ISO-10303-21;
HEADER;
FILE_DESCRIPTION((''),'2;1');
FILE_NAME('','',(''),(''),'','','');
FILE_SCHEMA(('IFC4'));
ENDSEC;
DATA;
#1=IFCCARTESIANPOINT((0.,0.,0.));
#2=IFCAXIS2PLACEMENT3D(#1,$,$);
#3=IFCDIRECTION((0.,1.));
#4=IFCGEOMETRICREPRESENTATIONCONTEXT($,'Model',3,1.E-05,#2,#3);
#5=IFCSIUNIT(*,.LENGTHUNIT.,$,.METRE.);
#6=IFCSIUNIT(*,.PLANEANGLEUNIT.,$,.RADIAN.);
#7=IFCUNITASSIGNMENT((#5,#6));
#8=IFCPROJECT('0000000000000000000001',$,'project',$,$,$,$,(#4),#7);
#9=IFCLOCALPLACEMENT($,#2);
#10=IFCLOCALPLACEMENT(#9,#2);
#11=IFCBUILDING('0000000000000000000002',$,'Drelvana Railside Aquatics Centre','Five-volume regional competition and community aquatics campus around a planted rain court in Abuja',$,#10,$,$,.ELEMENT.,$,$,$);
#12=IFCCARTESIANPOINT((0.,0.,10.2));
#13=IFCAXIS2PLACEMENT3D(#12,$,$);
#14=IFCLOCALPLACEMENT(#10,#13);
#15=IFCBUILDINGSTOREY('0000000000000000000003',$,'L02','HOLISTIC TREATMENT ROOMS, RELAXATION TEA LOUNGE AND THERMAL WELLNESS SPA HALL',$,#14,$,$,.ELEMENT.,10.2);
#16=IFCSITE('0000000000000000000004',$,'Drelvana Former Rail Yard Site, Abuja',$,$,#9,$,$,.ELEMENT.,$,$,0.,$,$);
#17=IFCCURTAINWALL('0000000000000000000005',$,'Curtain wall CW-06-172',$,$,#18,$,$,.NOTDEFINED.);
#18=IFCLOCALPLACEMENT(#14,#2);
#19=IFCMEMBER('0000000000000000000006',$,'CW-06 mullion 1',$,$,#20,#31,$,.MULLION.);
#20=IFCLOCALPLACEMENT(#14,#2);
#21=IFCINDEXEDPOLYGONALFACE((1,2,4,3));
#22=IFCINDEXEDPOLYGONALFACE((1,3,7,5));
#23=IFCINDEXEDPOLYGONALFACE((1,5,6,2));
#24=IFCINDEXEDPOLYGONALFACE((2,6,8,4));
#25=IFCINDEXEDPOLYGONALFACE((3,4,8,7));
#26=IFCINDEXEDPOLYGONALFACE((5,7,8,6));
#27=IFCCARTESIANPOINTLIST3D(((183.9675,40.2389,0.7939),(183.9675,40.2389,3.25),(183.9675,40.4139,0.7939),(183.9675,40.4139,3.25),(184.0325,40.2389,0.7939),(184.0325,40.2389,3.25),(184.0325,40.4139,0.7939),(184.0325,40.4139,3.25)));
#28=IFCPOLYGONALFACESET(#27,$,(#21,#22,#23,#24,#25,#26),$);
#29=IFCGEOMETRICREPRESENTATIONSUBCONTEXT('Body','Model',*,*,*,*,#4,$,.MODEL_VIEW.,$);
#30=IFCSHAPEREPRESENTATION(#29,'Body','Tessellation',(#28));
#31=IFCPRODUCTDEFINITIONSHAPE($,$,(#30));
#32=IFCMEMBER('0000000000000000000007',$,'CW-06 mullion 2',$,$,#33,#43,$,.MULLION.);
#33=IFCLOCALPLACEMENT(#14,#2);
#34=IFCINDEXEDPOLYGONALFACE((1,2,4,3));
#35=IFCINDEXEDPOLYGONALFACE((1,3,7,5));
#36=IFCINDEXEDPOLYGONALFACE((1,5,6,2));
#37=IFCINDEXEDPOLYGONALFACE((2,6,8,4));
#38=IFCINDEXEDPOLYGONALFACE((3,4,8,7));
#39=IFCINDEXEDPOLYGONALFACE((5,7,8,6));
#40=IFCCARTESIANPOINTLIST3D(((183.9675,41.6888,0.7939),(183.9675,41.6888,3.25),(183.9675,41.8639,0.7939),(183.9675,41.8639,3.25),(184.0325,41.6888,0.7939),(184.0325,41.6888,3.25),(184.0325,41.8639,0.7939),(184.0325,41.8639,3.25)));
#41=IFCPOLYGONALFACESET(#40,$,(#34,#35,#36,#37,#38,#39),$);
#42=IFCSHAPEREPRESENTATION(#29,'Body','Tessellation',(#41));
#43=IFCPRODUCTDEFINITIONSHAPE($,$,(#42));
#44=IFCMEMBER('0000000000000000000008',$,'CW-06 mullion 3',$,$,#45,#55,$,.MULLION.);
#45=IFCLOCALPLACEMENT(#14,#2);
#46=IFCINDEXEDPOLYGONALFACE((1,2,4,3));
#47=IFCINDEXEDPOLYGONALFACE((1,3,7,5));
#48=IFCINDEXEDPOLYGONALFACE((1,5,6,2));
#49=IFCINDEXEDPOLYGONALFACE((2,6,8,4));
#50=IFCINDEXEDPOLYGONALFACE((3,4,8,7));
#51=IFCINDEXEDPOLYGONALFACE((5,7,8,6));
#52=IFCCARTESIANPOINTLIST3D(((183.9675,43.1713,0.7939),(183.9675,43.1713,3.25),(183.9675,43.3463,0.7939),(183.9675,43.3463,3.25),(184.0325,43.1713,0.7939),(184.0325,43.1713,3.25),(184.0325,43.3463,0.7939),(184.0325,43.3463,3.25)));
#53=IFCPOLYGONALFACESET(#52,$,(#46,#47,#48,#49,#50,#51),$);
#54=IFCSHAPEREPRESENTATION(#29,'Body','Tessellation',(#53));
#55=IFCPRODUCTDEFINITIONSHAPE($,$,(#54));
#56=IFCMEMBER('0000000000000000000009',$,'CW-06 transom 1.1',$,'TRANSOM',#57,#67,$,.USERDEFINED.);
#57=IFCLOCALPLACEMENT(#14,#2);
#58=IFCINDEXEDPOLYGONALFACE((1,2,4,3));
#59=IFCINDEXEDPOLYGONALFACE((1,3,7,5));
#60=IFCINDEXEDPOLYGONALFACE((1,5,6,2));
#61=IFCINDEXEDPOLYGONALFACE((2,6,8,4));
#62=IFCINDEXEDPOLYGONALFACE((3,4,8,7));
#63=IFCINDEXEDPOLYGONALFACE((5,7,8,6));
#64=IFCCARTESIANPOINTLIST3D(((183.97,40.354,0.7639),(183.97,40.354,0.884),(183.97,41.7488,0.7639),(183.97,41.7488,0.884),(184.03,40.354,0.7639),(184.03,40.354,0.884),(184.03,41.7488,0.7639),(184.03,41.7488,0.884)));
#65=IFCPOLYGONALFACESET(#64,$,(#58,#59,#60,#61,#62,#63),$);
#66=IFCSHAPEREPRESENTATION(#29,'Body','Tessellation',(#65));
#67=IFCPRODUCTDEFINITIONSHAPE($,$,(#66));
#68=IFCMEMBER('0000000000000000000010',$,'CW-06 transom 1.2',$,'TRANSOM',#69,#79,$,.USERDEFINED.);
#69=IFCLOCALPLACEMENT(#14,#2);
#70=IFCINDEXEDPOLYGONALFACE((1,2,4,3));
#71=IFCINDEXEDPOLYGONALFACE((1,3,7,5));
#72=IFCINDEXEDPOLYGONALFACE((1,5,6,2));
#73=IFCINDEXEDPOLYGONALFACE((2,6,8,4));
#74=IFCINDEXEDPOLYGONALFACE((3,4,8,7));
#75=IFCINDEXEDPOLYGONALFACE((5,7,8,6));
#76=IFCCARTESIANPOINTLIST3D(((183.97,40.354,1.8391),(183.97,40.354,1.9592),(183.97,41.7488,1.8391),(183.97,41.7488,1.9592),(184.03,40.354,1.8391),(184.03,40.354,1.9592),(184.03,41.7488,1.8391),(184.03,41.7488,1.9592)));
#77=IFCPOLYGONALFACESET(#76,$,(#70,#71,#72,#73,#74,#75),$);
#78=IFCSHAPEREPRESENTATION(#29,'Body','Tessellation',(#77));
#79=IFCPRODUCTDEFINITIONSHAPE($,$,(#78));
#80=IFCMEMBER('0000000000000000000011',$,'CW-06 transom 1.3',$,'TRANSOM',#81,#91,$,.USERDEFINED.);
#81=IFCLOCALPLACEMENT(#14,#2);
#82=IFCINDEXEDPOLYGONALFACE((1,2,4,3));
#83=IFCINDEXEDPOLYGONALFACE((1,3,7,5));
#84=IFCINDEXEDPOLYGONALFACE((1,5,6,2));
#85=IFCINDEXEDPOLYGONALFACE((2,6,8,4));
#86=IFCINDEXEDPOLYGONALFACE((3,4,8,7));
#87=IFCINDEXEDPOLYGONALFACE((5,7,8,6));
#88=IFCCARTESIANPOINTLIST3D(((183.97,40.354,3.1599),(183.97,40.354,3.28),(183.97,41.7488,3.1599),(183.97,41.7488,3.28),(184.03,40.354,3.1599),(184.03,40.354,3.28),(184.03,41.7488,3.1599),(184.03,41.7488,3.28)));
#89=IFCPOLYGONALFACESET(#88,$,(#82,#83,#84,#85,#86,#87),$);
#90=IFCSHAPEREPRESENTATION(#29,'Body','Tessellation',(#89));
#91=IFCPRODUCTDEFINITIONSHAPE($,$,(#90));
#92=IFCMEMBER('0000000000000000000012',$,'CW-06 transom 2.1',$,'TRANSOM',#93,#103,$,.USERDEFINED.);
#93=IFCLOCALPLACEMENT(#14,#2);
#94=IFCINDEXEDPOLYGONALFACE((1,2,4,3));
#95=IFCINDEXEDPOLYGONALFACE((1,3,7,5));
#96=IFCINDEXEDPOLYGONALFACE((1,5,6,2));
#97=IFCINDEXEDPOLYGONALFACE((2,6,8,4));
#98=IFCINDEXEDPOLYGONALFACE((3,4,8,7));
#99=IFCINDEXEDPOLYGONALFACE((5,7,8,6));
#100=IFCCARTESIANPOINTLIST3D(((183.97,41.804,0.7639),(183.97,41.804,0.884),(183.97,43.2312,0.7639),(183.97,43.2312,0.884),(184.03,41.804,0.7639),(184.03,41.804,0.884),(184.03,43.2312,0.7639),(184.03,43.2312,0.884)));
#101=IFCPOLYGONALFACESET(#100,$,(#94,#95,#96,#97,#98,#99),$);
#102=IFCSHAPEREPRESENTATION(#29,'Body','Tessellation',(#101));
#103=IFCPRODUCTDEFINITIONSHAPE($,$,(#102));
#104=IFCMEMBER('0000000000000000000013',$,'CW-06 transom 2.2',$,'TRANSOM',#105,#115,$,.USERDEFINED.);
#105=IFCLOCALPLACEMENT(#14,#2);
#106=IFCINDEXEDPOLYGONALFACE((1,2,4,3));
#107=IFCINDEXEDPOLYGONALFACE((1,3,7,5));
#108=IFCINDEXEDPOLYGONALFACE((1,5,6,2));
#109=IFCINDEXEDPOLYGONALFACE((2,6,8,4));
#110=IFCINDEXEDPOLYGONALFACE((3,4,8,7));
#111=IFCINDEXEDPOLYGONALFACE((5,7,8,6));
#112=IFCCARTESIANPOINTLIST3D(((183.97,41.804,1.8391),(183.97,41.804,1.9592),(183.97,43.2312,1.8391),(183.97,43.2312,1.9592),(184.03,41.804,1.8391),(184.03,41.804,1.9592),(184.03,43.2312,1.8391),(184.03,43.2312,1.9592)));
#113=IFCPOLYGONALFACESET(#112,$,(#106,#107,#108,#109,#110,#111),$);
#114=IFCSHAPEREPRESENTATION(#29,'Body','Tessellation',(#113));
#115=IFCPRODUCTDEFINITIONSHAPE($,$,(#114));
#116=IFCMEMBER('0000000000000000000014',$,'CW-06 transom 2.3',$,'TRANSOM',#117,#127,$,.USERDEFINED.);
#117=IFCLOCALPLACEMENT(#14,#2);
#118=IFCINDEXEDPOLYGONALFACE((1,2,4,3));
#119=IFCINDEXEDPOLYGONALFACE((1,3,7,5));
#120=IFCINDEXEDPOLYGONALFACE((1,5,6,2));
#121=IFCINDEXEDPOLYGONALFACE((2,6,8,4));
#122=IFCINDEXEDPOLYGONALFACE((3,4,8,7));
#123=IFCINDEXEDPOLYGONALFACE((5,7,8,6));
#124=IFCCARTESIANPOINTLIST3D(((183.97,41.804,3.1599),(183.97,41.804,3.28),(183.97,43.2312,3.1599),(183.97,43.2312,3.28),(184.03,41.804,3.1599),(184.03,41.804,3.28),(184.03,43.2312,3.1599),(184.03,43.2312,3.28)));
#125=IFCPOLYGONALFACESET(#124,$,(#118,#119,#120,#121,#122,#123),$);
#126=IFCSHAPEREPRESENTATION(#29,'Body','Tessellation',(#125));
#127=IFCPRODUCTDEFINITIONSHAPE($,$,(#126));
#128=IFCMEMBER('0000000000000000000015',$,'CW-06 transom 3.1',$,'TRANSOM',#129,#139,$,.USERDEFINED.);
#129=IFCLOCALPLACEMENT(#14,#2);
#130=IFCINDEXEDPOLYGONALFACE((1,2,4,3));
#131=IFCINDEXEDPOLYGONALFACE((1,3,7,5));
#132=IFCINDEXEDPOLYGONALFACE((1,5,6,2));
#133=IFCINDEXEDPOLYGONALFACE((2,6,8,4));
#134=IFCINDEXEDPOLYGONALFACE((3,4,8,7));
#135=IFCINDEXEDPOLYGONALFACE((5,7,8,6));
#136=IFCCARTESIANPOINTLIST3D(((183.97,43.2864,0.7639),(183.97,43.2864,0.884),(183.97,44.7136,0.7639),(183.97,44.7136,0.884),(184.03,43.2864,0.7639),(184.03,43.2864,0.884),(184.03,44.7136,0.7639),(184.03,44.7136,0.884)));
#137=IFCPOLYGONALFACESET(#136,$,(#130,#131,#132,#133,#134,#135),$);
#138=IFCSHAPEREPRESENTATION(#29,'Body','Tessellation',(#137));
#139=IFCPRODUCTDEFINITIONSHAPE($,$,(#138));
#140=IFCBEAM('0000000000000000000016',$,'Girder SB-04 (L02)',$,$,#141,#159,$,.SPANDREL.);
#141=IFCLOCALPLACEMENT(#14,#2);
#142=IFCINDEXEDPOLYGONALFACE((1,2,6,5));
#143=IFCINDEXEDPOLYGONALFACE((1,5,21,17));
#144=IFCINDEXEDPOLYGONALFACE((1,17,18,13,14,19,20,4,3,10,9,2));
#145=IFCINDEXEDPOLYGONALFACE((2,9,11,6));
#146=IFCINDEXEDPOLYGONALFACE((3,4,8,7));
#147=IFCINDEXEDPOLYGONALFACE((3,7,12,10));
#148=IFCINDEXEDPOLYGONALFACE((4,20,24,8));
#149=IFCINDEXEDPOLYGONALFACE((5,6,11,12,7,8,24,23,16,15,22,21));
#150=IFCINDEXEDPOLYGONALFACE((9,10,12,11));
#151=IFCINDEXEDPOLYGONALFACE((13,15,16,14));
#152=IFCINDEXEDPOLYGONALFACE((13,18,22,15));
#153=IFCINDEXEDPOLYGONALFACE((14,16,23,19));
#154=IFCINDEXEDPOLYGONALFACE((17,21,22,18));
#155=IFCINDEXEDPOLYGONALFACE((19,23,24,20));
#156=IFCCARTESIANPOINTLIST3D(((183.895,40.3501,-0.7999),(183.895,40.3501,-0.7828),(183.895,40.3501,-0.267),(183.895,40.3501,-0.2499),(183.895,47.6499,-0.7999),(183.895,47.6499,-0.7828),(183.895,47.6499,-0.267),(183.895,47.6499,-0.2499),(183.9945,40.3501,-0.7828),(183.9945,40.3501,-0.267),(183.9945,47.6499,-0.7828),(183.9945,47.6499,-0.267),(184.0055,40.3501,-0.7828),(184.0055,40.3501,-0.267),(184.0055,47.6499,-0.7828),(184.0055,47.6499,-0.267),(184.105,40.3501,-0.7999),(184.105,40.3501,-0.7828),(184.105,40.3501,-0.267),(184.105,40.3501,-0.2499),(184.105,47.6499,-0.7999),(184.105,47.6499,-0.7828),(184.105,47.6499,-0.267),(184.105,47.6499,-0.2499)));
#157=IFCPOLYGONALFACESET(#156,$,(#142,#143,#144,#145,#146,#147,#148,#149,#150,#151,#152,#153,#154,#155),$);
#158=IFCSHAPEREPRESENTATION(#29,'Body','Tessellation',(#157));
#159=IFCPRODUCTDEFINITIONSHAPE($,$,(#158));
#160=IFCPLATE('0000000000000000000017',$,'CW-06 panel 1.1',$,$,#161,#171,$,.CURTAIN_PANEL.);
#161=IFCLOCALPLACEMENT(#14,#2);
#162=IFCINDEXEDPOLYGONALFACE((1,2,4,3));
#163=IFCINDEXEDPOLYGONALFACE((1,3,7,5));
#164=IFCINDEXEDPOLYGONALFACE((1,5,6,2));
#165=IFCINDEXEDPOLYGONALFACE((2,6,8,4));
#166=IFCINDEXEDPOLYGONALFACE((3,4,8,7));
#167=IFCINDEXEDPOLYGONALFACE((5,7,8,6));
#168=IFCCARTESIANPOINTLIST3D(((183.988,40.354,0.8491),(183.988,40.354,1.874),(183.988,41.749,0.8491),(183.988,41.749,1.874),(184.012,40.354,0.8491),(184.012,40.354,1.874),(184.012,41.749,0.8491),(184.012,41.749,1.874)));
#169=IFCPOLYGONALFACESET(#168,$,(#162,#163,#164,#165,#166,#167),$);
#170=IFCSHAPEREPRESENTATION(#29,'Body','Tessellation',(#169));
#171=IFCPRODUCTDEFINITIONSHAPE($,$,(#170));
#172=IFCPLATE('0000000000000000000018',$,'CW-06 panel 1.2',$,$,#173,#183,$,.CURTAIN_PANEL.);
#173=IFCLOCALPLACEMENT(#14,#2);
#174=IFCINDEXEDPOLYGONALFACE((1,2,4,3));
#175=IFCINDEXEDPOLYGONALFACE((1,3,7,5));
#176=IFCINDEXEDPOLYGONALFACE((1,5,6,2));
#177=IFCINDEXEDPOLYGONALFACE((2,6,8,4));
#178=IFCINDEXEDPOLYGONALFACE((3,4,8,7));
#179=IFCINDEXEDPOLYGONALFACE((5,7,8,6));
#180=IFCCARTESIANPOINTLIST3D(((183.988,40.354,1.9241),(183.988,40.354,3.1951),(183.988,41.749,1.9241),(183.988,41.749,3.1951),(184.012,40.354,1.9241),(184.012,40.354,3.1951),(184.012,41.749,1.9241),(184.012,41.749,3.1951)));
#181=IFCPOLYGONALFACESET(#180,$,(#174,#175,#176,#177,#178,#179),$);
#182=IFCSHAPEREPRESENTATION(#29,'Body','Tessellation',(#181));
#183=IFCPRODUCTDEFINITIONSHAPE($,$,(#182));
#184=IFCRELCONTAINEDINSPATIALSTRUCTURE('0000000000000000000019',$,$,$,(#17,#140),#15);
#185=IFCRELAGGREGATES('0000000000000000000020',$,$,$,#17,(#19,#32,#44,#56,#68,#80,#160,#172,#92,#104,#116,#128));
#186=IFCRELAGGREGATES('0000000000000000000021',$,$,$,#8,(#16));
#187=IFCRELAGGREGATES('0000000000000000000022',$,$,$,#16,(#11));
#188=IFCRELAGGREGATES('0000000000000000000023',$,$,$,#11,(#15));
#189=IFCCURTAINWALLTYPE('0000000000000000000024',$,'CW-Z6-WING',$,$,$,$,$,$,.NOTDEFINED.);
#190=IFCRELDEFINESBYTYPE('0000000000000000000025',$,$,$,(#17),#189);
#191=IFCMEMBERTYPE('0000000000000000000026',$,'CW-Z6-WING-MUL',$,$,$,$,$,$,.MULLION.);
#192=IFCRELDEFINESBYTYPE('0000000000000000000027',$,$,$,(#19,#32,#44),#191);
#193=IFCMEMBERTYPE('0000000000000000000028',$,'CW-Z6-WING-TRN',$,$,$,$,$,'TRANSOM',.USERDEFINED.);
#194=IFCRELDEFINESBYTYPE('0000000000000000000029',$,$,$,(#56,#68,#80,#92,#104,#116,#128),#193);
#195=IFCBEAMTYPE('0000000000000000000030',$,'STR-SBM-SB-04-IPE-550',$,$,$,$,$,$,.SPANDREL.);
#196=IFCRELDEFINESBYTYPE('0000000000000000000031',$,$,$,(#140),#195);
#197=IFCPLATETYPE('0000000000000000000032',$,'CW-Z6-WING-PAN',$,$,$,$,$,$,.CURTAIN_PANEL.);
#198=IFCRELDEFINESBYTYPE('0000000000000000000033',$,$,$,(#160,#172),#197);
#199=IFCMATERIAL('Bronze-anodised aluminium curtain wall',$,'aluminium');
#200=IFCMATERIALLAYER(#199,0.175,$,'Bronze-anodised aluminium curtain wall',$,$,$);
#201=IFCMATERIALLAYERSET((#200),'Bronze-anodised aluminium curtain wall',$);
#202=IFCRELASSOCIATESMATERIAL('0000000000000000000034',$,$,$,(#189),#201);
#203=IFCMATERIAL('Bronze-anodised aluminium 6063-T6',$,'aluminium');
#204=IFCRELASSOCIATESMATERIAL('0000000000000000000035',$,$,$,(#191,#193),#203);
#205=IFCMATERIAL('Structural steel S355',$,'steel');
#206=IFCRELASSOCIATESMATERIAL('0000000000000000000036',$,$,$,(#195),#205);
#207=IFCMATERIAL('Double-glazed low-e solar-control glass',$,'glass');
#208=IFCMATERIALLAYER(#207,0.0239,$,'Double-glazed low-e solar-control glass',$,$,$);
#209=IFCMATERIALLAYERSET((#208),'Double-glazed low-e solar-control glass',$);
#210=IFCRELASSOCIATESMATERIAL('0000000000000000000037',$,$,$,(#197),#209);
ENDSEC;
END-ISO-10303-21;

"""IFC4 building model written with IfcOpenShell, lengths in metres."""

from ifc_helpers import new_model, si_unit, direction, frame, origin, origin_2d, place, context, subcontext, project, spatial, rectangle, i_section, extrude, material, layer, layer_set, material_profile, profile_set, type_object, element, aggregate, save


model = new_model("IFC4")

# Units and contexts
model_context = context("Model", 3, precision=1e-05, world=origin(), true_north=direction((0.0, 1.0)))
body_context = subcontext(model_context, "Body", "Model", "MODEL_VIEW")
ifc_project = project(units=[si_unit("LENGTHUNIT", "METRE"), si_unit("PLANEANGLEUNIT", "RADIAN")], contexts=[model_context])

# Site, building, storey
site_placement = place(None, origin())
site = spatial("IfcSite", under=ifc_project, at=site_placement, Name="Drelvana Former Rail Yard Site, Abuja", CompositionType="ELEMENT", RefElevation=0.0)
building_placement = place(site_placement, origin())
building = spatial("IfcBuilding", under=site, at=building_placement, Name="Drelvana Railside Aquatics Centre", Description="Five-volume regional competition and community aquatics campus around a planted rain court in Abuja", CompositionType="ELEMENT")
storey_placement = place(building_placement, frame((0.0, 0.0, 10.2)))
storey = spatial("IfcBuildingStorey", under=building, at=storey_placement, Name="L02", Description="HOLISTIC TREATMENT ROOMS, RELAXATION TEA LOUNGE AND THERMAL WELLNESS SPA HALL", CompositionType="ELEMENT", Elevation=10.2)

# Curtain wall, members
ifc_material_1 = material(Name="Bronze-anodised aluminium curtain wall", Category="aluminium")
ifc_layer_1 = layer(ifc_material_1, 0.175, Name="Bronze-anodised aluminium curtain wall")
ifc_layer_set_1 = layer_set([ifc_layer_1], Name="Bronze-anodised aluminium curtain wall")
curtain_wall_type = type_object("IfcCurtainWallType", Name="CW-Z6-WING", PredefinedType="NOTDEFINED", material=ifc_layer_set_1)
curtain_wall_placement = place(storey_placement, origin())
curtain_wall = element("IfcCurtainWall", 1, at=curtain_wall_placement, inside=storey, type_object=curtain_wall_type, Name="Curtain wall CW-06-172", PredefinedType="NOTDEFINED")
ifc_material_2 = material(Name="Bronze-anodised aluminium 6063-T6", Category="aluminium")
ifc_material_profile_1 = material_profile(ifc_material_2, rectangle(XDim=0.0649, YDim=0.175, at=origin_2d()), Name="ALU-M 65x175")
ifc_profile_set_1 = profile_set([ifc_material_profile_1], Name="Bronze-anodised aluminium 6063-T6")
member_type_1 = type_object("IfcMemberType", Name="CW-Z6-WING-MUL", PredefinedType="MULLION", material=ifc_profile_set_1)
member_1_placement = place(storey_placement, frame((184.0, 40.3264, 0.7939), z_axis=(0.0, 0.0, 1.0), x_axis=(-1.0, 0.0, 0.0)))
member_1 = element("IfcMember", 2, at=member_1_placement, type_object=member_type_1, Name="CW-06 mullion 1", PredefinedType="MULLION", context=body_context, shape_type="SweptSolid", body=[
    extrude(rectangle(XDim=0.0649, YDim=0.175, at=origin_2d()), origin(), (0.0, 0.0, 1.0), 2.4561),
])
member_2_placement = place(storey_placement, frame((184.0, 41.7764, 0.7939), z_axis=(0.0, 0.0, 1.0), x_axis=(-1.0, 0.0, 0.0)))
member_2 = element("IfcMember", 3, at=member_2_placement, type_object=member_type_1, Name="CW-06 mullion 2", PredefinedType="MULLION", context=body_context, shape_type="SweptSolid", body=[
    extrude(rectangle(XDim=0.0649, YDim=0.175, at=origin_2d()), origin(), (0.0, 0.0, 1.0), 2.4561),
])
member_3_placement = place(storey_placement, frame((184.0, 43.2588, 0.7939), z_axis=(0.0, 0.0, 1.0), x_axis=(-1.0, 0.0, 0.0)))
member_3 = element("IfcMember", 4, at=member_3_placement, type_object=member_type_1, Name="CW-06 mullion 3", PredefinedType="MULLION", context=body_context, shape_type="SweptSolid", body=[
    extrude(rectangle(XDim=0.0649, YDim=0.175, at=origin_2d()), origin(), (0.0, 0.0, 1.0), 2.4561),
])
ifc_material_profile_2 = material_profile(ifc_material_2, rectangle(XDim=0.1201, YDim=0.0601, at=origin_2d()), Name="ALU-T 60x120")
ifc_profile_set_2 = profile_set([ifc_material_profile_2], Name="Bronze-anodised aluminium 6063-T6")
member_type_2 = type_object("IfcMemberType", Name="CW-Z6-WING-TRN", ElementType="TRANSOM", PredefinedType="USERDEFINED", material=ifc_profile_set_2)
member_4_placement = place(storey_placement, frame((184.0, 40.354, 0.824), z_axis=(0.0, 1.0, 0.0), x_axis=(0.0, 0.0, 1.0)))
member_4 = element("IfcMember", 5, at=member_4_placement, type_object=member_type_2, Name="CW-06 transom 1.1", ObjectType="TRANSOM", PredefinedType="USERDEFINED", context=body_context, shape_type="SweptSolid", body=[
    extrude(rectangle(XDim=0.1201, YDim=0.0601, at=origin_2d()), origin(), (0.0, 0.0, 1.0), 1.3948),
])
member_5_placement = place(storey_placement, frame((184.0, 40.354, 1.8992), z_axis=(0.0, 1.0, 0.0), x_axis=(0.0, 0.0, 1.0)))
member_5 = element("IfcMember", 6, at=member_5_placement, type_object=member_type_2, Name="CW-06 transom 1.2", ObjectType="TRANSOM", PredefinedType="USERDEFINED", context=body_context, shape_type="SweptSolid", body=[
    extrude(rectangle(XDim=0.1201, YDim=0.0601, at=origin_2d()), origin(), (0.0, 0.0, 1.0), 1.3948),
])
member_6_placement = place(storey_placement, frame((184.0, 40.354, 3.22), z_axis=(0.0, 1.0, 0.0), x_axis=(0.0, 0.0, 1.0)))
member_6 = element("IfcMember", 7, at=member_6_placement, type_object=member_type_2, Name="CW-06 transom 1.3", ObjectType="TRANSOM", PredefinedType="USERDEFINED", context=body_context, shape_type="SweptSolid", body=[
    extrude(rectangle(XDim=0.1201, YDim=0.0601, at=origin_2d()), origin(), (0.0, 0.0, 1.0), 1.3948),
])
member_7_placement = place(storey_placement, frame((184.0, 41.804, 0.824), z_axis=(0.0, 1.0, 0.0), x_axis=(0.0, 0.0, 1.0)))
member_7 = element("IfcMember", 8, at=member_7_placement, type_object=member_type_2, Name="CW-06 transom 2.1", ObjectType="TRANSOM", PredefinedType="USERDEFINED", context=body_context, shape_type="SweptSolid", body=[
    extrude(rectangle(XDim=0.1201, YDim=0.0601, at=origin_2d()), origin(), (0.0, 0.0, 1.0), 1.4272),
])
member_8_placement = place(storey_placement, frame((184.0, 41.804, 1.8992), z_axis=(0.0, 1.0, 0.0), x_axis=(0.0, 0.0, 1.0)))
member_8 = element("IfcMember", 9, at=member_8_placement, type_object=member_type_2, Name="CW-06 transom 2.2", ObjectType="TRANSOM", PredefinedType="USERDEFINED", context=body_context, shape_type="SweptSolid", body=[
    extrude(rectangle(XDim=0.1201, YDim=0.0601, at=origin_2d()), origin(), (0.0, 0.0, 1.0), 1.4272),
])
member_9_placement = place(storey_placement, frame((184.0, 41.804, 3.22), z_axis=(0.0, 1.0, 0.0), x_axis=(0.0, 0.0, 1.0)))
member_9 = element("IfcMember", 10, at=member_9_placement, type_object=member_type_2, Name="CW-06 transom 2.3", ObjectType="TRANSOM", PredefinedType="USERDEFINED", context=body_context, shape_type="SweptSolid", body=[
    extrude(rectangle(XDim=0.1201, YDim=0.0601, at=origin_2d()), origin(), (0.0, 0.0, 1.0), 1.4272),
])
member_10_placement = place(storey_placement, frame((184.0, 43.2864, 0.824), z_axis=(0.0, 1.0, 0.0), x_axis=(0.0, 0.0, 1.0)))
member_10 = element("IfcMember", 11, at=member_10_placement, type_object=member_type_2, Name="CW-06 transom 3.1", ObjectType="TRANSOM", PredefinedType="USERDEFINED", context=body_context, shape_type="SweptSolid", body=[
    extrude(rectangle(XDim=0.1201, YDim=0.0601, at=origin_2d()), origin(), (0.0, 0.0, 1.0), 1.4272),
])

# Beam
ifc_material_3 = material(Name="Structural steel S355", Category="steel")
ifc_material_profile_3 = material_profile(ifc_material_3, i_section(OverallWidth=0.21, OverallDepth=0.55, WebThickness=0.011, FlangeThickness=0.0171, at=origin_2d()), Name="IPE 550")
ifc_profile_set_3 = profile_set([ifc_material_profile_3], Name="Structural steel S355")
beam_type = type_object("IfcBeamType", Name="STR-SBM-SB-04-IPE-550", PredefinedType="SPANDREL", material=ifc_profile_set_3)
beam_placement = place(storey_placement, frame((184.0, 40.3501, -0.5249), z_axis=(0.0, 1.0, 0.0), x_axis=(-1.0, 0.0, 0.0)))
element("IfcBeam", 12, at=beam_placement, inside=storey, type_object=beam_type, Name="Girder SB-04 (L02)", PredefinedType="SPANDREL", context=body_context, shape_type="SweptSolid", body=[
    extrude(i_section(OverallWidth=0.21, OverallDepth=0.55, WebThickness=0.011, FlangeThickness=0.0171, at=origin_2d()), origin(), (0.0, 0.0, 1.0), 7.2998),
])

# Plates
ifc_material_4 = material(Name="Double-glazed low-e solar-control glass", Category="glass")
ifc_layer_2 = layer(ifc_material_4, 0.0239, Name="Double-glazed low-e solar-control glass")
ifc_layer_set_2 = layer_set([ifc_layer_2], Name="Double-glazed low-e solar-control glass")
plate_type = type_object("IfcPlateType", Name="CW-Z6-WING-PAN", PredefinedType="CURTAIN_PANEL", material=ifc_layer_set_2)
plate_1_placement = place(storey_placement, frame((184.0, 41.0515, 0.8491), z_axis=(0.0, 0.0, 1.0), x_axis=(0.0, 1.0, 0.0)))
plate_1 = element("IfcPlate", 13, at=plate_1_placement, type_object=plate_type, Name="CW-06 panel 1.1", PredefinedType="CURTAIN_PANEL", context=body_context, shape_type="SweptSolid", body=[
    extrude(rectangle(XDim=1.395, YDim=0.0239, at=origin_2d()), origin(), (0.0, 0.0, 1.0), 1.0249),
])
plate_2_placement = place(storey_placement, frame((184.0, 41.0515, 1.9241), z_axis=(0.0, 0.0, 1.0), x_axis=(0.0, 1.0, 0.0)))
plate_2 = element("IfcPlate", 14, at=plate_2_placement, type_object=plate_type, Name="CW-06 panel 1.2", PredefinedType="CURTAIN_PANEL", context=body_context, shape_type="SweptSolid", body=[
    extrude(rectangle(XDim=1.395, YDim=0.0239, at=origin_2d()), origin(), (0.0, 0.0, 1.0), 1.271),
])
aggregate(curtain_wall, [member_1, member_2, member_3, member_4, member_5, member_6, plate_1, plate_2, member_7, member_8, member_9, member_10])

save(model, "model.ifc")
